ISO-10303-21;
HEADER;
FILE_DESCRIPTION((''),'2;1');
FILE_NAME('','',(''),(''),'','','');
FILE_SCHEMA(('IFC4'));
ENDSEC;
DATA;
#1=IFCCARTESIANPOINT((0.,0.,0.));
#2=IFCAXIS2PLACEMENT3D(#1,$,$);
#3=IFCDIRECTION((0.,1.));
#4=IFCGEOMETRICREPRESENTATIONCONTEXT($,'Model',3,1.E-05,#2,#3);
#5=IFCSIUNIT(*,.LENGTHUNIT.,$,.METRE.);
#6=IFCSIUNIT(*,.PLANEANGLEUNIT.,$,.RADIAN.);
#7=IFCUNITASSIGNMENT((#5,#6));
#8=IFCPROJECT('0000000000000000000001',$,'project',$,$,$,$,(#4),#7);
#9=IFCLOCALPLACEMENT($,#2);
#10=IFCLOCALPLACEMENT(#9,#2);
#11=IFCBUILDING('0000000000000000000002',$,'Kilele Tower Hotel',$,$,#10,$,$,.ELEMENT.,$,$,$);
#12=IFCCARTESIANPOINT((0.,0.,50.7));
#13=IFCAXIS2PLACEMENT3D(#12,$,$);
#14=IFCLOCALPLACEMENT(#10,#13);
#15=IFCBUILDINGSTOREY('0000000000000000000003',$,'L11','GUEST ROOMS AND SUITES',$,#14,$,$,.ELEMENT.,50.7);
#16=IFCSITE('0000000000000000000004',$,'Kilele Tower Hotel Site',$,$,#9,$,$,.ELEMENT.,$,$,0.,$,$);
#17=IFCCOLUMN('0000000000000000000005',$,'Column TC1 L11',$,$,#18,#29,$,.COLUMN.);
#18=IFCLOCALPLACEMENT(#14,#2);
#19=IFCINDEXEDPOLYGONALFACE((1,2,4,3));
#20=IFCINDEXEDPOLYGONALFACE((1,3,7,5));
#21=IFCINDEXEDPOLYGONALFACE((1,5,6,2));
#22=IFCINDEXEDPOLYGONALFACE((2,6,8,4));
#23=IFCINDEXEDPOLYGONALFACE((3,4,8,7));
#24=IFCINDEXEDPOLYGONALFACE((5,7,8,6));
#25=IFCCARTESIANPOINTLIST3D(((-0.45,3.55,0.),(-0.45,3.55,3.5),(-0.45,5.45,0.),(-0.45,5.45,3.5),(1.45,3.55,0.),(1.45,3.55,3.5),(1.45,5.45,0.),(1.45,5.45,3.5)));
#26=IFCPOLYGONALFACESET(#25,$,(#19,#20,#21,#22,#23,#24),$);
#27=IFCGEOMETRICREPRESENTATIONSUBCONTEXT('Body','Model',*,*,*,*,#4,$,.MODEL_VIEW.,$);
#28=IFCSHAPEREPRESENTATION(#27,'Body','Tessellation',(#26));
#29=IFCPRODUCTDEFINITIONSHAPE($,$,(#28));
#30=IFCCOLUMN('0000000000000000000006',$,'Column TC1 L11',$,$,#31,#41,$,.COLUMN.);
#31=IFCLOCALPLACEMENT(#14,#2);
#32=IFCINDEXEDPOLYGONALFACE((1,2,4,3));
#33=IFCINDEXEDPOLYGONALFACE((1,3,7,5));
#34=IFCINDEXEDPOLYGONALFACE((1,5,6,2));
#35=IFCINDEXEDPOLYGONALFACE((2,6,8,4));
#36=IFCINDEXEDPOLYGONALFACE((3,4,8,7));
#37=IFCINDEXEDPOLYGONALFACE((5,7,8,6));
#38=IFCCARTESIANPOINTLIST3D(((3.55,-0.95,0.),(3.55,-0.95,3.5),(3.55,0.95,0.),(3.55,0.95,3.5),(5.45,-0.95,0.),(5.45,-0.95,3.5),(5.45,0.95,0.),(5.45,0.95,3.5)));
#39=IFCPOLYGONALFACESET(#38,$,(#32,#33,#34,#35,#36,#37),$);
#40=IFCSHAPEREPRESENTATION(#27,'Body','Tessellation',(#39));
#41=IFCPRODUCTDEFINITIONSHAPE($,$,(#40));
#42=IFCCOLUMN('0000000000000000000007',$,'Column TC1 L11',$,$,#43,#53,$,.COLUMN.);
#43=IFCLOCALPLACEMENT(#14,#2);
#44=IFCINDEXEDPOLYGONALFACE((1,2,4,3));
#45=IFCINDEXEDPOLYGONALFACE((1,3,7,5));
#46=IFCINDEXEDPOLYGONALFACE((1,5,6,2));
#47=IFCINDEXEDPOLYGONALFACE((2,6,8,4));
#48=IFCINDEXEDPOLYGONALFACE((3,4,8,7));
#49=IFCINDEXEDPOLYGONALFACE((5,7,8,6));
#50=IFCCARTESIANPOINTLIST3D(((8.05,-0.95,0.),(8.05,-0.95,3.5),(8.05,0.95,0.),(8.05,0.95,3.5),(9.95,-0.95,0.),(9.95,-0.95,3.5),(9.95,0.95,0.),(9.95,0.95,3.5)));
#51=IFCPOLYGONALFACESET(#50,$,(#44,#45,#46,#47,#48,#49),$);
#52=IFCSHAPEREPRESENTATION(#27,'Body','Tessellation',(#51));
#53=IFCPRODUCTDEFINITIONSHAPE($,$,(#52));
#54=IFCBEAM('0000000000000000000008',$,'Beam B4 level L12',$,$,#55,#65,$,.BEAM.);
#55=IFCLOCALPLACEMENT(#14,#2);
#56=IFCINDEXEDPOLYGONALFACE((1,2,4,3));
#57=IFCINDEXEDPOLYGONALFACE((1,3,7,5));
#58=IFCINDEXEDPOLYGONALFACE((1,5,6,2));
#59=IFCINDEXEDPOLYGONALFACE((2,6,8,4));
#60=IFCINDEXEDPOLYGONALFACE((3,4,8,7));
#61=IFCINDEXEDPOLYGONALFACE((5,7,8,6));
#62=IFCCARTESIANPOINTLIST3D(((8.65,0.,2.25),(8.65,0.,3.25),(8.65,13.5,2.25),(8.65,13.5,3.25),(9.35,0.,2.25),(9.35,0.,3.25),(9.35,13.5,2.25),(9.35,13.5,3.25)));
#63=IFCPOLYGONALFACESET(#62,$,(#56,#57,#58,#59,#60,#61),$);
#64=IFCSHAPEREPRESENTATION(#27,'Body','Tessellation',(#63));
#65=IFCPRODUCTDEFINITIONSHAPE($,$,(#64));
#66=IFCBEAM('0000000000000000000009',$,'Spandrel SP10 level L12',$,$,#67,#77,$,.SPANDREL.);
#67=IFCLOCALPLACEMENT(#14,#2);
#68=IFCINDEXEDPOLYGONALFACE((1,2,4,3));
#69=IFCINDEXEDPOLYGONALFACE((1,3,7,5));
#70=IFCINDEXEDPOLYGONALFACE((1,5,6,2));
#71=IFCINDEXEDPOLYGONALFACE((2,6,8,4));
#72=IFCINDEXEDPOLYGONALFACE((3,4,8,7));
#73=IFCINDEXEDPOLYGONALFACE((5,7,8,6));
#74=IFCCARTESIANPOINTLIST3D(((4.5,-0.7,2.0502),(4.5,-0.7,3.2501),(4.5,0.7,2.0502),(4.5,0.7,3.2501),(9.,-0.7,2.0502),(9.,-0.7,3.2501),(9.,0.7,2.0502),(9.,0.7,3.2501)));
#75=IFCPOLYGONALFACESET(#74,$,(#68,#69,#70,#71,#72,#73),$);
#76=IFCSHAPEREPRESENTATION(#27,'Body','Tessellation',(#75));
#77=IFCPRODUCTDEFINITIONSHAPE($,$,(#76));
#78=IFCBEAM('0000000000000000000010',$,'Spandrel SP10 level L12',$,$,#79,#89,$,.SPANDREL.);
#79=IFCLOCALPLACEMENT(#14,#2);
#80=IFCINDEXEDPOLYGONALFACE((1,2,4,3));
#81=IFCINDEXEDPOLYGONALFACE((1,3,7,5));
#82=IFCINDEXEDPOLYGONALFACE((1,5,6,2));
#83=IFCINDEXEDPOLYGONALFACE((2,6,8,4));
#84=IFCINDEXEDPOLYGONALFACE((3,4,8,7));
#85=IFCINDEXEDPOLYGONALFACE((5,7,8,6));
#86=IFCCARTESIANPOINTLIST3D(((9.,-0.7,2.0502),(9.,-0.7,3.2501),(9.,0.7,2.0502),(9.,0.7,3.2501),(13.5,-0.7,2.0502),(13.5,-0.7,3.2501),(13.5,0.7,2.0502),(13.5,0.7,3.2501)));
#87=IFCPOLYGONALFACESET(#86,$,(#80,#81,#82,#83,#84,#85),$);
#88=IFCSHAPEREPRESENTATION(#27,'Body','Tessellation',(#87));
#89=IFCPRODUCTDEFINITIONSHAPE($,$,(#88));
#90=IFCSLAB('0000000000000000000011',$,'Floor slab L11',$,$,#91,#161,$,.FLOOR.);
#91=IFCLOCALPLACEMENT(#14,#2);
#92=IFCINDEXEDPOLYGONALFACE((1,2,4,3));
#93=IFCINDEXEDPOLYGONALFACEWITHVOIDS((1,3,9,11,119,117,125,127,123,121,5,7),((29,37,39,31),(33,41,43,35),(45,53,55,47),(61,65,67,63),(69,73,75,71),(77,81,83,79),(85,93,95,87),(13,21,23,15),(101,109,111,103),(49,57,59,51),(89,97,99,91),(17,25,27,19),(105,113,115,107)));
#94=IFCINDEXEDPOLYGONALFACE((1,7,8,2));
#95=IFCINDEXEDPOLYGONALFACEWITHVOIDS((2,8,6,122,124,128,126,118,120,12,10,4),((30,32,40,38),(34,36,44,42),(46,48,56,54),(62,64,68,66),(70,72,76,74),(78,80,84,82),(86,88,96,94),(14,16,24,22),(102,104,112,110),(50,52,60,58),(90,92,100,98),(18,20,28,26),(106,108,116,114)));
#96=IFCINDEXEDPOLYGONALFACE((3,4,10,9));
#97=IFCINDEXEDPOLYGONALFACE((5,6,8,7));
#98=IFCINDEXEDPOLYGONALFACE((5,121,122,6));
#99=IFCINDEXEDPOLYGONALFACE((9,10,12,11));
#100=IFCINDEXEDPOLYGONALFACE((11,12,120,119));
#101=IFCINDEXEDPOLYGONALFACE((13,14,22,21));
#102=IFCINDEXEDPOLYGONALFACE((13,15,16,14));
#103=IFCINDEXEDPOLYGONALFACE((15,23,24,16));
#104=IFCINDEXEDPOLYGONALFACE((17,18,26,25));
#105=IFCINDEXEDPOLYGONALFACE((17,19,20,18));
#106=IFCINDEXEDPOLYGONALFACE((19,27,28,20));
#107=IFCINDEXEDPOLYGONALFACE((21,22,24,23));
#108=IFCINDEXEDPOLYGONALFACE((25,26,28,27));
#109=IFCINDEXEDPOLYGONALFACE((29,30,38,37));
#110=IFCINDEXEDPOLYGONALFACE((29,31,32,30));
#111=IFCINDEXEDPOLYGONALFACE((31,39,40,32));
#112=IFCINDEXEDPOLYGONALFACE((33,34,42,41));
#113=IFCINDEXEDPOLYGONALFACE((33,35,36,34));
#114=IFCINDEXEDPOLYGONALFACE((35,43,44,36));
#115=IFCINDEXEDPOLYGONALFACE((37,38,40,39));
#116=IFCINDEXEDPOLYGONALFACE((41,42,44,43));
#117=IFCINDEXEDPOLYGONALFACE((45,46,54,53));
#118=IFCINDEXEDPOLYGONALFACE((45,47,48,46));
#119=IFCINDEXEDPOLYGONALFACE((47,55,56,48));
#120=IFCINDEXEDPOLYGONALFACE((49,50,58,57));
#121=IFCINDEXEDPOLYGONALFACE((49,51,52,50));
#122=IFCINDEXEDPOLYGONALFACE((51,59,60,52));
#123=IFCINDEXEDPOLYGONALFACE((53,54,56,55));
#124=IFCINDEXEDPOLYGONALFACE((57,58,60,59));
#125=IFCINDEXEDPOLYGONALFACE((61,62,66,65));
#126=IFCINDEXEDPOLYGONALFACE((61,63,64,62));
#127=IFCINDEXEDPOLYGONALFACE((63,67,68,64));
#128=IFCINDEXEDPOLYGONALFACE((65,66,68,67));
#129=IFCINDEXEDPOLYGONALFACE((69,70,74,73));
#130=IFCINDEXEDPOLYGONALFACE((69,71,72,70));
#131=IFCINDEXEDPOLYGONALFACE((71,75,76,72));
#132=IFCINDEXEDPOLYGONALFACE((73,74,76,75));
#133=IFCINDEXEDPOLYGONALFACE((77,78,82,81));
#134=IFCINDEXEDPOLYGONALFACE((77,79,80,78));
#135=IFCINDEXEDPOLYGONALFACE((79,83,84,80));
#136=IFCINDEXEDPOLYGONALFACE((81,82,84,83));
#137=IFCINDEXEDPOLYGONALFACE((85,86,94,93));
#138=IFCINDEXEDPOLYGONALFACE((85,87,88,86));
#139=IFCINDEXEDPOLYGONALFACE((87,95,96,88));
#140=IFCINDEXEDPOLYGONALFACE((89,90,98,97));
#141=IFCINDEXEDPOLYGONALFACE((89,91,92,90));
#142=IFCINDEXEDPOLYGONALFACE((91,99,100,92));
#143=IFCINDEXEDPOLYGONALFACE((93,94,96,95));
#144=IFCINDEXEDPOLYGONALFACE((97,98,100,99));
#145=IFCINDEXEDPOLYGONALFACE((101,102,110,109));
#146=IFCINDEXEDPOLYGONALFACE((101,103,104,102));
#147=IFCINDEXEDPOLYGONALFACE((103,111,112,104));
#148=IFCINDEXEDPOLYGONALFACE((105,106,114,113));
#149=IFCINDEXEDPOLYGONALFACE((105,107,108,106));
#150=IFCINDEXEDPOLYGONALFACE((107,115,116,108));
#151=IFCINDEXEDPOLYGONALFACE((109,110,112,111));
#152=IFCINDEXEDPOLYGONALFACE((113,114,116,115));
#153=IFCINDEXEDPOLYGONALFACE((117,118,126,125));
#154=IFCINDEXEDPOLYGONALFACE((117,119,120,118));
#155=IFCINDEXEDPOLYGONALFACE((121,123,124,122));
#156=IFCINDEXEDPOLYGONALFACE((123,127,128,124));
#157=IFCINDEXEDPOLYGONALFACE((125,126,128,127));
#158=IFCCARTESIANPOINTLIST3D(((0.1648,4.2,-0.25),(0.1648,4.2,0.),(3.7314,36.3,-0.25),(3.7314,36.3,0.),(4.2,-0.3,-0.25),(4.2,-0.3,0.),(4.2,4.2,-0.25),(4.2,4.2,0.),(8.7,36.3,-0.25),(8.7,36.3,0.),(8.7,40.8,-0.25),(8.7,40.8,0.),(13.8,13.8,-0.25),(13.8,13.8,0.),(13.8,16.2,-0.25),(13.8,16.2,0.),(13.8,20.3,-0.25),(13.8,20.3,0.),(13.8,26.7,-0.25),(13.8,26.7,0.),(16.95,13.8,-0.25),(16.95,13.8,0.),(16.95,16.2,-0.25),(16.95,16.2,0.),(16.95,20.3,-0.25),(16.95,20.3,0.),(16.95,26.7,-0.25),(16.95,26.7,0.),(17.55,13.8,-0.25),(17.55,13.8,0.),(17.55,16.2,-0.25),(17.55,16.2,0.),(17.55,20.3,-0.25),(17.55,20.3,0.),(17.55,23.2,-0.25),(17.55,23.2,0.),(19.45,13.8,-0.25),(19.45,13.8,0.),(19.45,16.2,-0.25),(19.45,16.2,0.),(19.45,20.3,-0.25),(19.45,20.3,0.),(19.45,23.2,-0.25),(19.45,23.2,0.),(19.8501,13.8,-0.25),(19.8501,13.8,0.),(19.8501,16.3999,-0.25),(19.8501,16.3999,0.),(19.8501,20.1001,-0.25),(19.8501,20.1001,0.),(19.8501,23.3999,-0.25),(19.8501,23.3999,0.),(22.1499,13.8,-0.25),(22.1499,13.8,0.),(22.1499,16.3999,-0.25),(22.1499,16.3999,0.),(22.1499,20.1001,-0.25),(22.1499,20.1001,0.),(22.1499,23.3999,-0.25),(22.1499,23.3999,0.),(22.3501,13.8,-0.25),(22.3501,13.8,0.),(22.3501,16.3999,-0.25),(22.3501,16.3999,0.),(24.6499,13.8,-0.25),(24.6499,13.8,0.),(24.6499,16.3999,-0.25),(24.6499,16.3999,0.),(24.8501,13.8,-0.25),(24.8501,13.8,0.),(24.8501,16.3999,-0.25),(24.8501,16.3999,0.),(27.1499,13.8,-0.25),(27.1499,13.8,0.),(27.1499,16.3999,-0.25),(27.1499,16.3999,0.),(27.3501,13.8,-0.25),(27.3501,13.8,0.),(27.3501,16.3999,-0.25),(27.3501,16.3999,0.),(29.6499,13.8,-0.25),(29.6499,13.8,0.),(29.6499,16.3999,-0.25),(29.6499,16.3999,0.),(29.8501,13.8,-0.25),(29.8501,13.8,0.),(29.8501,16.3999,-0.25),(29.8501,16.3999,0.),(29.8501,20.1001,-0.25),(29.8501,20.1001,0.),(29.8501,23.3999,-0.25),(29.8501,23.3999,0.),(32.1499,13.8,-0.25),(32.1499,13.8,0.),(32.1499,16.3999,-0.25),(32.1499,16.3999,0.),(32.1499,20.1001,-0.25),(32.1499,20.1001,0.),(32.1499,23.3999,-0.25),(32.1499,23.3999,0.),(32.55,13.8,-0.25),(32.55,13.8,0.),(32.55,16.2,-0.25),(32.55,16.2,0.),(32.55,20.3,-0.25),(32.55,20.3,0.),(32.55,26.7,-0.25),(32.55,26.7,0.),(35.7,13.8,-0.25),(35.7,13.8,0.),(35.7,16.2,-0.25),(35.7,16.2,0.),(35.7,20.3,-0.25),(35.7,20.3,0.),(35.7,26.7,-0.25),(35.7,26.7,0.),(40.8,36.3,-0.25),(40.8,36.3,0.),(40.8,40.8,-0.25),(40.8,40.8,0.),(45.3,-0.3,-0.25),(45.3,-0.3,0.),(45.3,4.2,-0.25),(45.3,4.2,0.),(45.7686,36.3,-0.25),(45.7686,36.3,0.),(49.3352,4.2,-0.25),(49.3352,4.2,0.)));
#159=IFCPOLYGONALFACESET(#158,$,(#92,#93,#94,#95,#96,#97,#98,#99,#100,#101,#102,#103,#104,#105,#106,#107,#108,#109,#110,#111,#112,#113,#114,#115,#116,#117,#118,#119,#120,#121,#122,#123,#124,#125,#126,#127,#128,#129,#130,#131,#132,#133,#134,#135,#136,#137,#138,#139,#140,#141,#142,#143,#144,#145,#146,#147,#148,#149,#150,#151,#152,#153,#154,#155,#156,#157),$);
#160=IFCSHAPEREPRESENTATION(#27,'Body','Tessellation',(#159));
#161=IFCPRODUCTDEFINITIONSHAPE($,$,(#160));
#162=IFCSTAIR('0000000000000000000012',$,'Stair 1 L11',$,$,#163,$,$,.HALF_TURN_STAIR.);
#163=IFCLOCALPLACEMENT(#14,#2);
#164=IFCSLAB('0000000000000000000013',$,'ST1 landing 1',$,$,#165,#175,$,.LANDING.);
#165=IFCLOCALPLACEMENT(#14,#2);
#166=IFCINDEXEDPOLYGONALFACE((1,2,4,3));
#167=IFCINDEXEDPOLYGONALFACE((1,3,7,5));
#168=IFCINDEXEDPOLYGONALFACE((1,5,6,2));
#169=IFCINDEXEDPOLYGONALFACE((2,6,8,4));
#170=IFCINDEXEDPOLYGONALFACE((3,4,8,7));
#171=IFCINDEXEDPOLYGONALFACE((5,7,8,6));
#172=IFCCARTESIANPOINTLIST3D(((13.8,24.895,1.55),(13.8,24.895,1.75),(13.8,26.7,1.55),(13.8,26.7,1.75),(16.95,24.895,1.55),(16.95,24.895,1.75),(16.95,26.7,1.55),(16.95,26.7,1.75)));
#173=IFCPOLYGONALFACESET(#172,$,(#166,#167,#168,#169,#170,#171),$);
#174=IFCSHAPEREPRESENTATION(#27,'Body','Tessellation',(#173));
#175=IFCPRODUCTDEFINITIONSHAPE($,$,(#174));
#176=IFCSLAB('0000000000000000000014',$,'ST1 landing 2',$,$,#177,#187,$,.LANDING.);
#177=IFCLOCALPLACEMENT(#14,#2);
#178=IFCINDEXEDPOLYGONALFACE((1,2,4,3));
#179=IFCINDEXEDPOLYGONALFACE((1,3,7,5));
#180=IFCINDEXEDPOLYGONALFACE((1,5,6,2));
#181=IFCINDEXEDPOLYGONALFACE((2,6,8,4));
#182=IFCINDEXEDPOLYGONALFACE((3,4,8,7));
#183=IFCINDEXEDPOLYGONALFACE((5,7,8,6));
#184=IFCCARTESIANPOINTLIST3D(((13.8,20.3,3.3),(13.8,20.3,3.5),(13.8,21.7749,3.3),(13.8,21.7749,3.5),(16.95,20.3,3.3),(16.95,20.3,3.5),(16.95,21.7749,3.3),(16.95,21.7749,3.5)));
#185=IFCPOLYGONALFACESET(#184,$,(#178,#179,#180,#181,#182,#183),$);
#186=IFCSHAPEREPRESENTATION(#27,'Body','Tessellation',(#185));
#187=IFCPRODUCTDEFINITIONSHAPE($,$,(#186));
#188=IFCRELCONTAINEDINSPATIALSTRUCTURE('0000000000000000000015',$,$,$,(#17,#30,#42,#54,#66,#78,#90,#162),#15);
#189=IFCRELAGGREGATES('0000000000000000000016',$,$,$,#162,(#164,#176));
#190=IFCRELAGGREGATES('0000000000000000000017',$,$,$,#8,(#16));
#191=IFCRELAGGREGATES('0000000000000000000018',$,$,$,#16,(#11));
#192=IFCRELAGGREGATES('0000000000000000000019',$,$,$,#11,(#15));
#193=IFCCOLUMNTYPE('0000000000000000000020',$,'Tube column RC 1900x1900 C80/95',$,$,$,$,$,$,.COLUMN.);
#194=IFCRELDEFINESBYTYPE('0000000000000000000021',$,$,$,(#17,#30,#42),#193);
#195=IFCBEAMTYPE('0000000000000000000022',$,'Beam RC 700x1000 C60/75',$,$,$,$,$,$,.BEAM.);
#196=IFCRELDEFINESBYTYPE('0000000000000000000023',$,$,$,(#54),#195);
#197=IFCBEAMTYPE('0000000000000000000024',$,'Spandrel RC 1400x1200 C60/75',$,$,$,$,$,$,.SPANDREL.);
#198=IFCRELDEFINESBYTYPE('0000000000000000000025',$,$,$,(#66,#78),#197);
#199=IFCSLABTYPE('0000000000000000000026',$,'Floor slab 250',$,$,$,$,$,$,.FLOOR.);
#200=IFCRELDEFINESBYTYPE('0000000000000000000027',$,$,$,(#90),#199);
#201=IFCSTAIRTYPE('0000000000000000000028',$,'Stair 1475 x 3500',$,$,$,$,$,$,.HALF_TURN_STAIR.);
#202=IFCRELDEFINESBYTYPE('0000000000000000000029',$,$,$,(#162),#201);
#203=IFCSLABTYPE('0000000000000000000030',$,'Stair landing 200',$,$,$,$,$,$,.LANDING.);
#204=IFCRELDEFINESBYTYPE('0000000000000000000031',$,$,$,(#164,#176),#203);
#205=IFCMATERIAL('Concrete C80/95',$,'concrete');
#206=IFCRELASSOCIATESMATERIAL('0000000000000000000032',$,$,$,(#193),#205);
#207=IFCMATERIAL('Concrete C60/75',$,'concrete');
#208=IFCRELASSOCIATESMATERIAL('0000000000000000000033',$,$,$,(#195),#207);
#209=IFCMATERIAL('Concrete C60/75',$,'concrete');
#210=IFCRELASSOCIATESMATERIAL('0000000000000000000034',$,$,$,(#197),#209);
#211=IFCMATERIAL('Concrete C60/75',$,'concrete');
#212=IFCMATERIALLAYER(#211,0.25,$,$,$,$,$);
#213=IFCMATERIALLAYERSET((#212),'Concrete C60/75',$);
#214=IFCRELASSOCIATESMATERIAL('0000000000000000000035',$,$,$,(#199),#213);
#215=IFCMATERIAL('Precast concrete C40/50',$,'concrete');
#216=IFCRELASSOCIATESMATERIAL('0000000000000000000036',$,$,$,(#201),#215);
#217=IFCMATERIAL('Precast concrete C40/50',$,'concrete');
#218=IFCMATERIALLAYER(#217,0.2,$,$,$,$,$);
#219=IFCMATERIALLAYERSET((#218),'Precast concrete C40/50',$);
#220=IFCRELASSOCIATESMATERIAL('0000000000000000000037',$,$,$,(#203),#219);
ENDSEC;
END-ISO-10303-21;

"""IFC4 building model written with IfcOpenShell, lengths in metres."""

from ifc_helpers import new_model, si_unit, direction, frame, origin, origin_2d, place, context, subcontext, project, spatial, polyline, rectangle, outline, extrude, material, layer, layer_set, material_profile, profile_set, type_object, element, aggregate, save


model = new_model("IFC4")

# Units and contexts
model_context = context("Model", 3, precision=1e-05, world=origin(), true_north=direction((0.0, 1.0)))
body_context = subcontext(model_context, "Body", "Model", "MODEL_VIEW")
ifc_project = project(units=[si_unit("LENGTHUNIT", "METRE"), si_unit("PLANEANGLEUNIT", "RADIAN")], contexts=[model_context])

# Site, building, storey
site_placement = place(None, origin())
site = spatial("IfcSite", under=ifc_project, at=site_placement, Name="Kilele Tower Hotel Site", CompositionType="ELEMENT", RefElevation=0.0)
building_placement = place(site_placement, origin())
building = spatial("IfcBuilding", under=site, at=building_placement, Name="Kilele Tower Hotel", CompositionType="ELEMENT")
storey_placement = place(building_placement, frame((0.0, 0.0, 50.7)))
storey = spatial("IfcBuildingStorey", under=building, at=storey_placement, Name="L11", Description="GUEST ROOMS AND SUITES", CompositionType="ELEMENT", Elevation=50.7)

# Columns
ifc_material_1 = material(Name="Concrete C80/95", Category="concrete")
ifc_material_profile_1 = material_profile(ifc_material_1, rectangle(XDim=1.8999, YDim=1.8999, at=origin_2d()))
ifc_profile_set_1 = profile_set([ifc_material_profile_1], Name="Concrete C80/95")
column_type = type_object("IfcColumnType", Name="Tube column RC 1900x1900 C80/95", PredefinedType="COLUMN", material=ifc_profile_set_1)
for number, where, z_axis, x_axis, name in (
    (1, (0.5, 4.5, 0.0), (0.0, 0.0, 1.0), (1.0, 0.0, 0.0), "Column TC1 L11"),
    (2, (4.5, 0.0, 0.0), (0.0, 0.0, 1.0), (1.0, 0.0, 0.0), "Column TC1 L11"),
    (3, (9.0, 0.0, 0.0), (0.0, 0.0, 1.0), (1.0, 0.0, 0.0), "Column TC1 L11"),
):
    element("IfcColumn", number, at=place(storey_placement, frame(where, z_axis=z_axis, x_axis=x_axis)), inside=storey, type_object=column_type, Name=name, PredefinedType="COLUMN", context=body_context, shape_type="SweptSolid", body=[
        extrude(rectangle(XDim=1.8999, YDim=1.8999, at=origin_2d()), origin(), (0.0, 0.0, 1.0), 3.5),
    ])

# Beams
ifc_material_2 = material(Name="Concrete C60/75", Category="concrete")
ifc_material_profile_2 = material_profile(ifc_material_2, rectangle(XDim=0.7, YDim=1.0, at=origin_2d()))
ifc_profile_set_2 = profile_set([ifc_material_profile_2], Name="Concrete C60/75")
beam_type_1 = type_object("IfcBeamType", Name="Beam RC 700x1000 C60/75", PredefinedType="BEAM", material=ifc_profile_set_2)
beam_placement = place(storey_placement, frame((9.0, 0.0, 2.75), z_axis=(0.0, 1.0, 0.0), x_axis=(-1.0, 0.0, 0.0)))
element("IfcBeam", 4, at=beam_placement, inside=storey, type_object=beam_type_1, Name="Beam B4 level L12", PredefinedType="BEAM", context=body_context, shape_type="SweptSolid", body=[
    extrude(rectangle(XDim=0.7, YDim=1.0, at=origin_2d()), origin(), (0.0, 0.0, 1.0), 13.5),
])
ifc_material_3 = material(Name="Concrete C60/75", Category="concrete")
ifc_material_profile_3 = material_profile(ifc_material_3, rectangle(XDim=1.3999, YDim=1.2, at=origin_2d()))
ifc_profile_set_3 = profile_set([ifc_material_profile_3], Name="Concrete C60/75")
beam_type_2 = type_object("IfcBeamType", Name="Spandrel RC 1400x1200 C60/75", PredefinedType="SPANDREL", material=ifc_profile_set_3)
for number, where, z_axis, x_axis, name in (
    (5, (4.5, 0.0, 2.6501), (1.0, 0.0, 0.0), (0.0, 1.0, 0.0), "Spandrel SP10 level L12"),
    (6, (9.0, 0.0, 2.6501), (1.0, 0.0, 0.0), (0.0, 1.0, 0.0), "Spandrel SP10 level L12"),
):
    element("IfcBeam", number, at=place(storey_placement, frame(where, z_axis=z_axis, x_axis=x_axis)), inside=storey, type_object=beam_type_2, Name=name, PredefinedType="SPANDREL", context=body_context, shape_type="SweptSolid", body=[
        extrude(rectangle(XDim=1.3999, YDim=1.2, at=origin_2d()), origin(), (0.0, 0.0, 1.0), 4.5),
    ])

# Slab
ifc_material_4 = material(Name="Concrete C60/75", Category="concrete")
ifc_layer_1 = layer(ifc_material_4, 0.25)
ifc_layer_set_1 = layer_set([ifc_layer_1], Name="Concrete C60/75")
slab_type_1 = type_object("IfcSlabType", Name="Floor slab 250", PredefinedType="FLOOR", material=ifc_layer_set_1)
slab_1_placement = place(storey_placement, frame((0.0, 0.0, -0.25)))
element("IfcSlab", 7, at=slab_1_placement, inside=storey, type_object=slab_type_1, Name="Floor slab L11", PredefinedType="FLOOR", context=body_context, shape_type="SweptSolid", body=[
    extrude(outline(polyline([(8.7, 36.3), (8.7, 40.8), (40.8, 40.8), (40.8, 36.3), (45.7686, 36.3), (49.3352, 4.2), (45.3, 4.2), (45.3, -0.3), (4.2, -0.3), (4.2, 4.2), (0.1648, 4.2), (3.7314, 36.3), (8.7, 36.3)]), holes=[polyline([(16.95, 16.2), (13.8, 16.2), (13.8, 13.8), (16.95, 13.8), (16.95, 16.2)]), polyline([(19.45, 13.8), (19.45, 16.2), (17.55, 16.2), (17.55, 13.8), (19.45, 13.8)]), polyline([(22.1499, 13.8), (22.1499, 16.3999), (19.8501, 16.3999), (19.8501, 13.8), (22.1499, 13.8)]), polyline([(24.6499, 16.3999), (22.3501, 16.3999), (22.3501, 13.8), (24.6499, 13.8), (24.6499, 16.3999)]), polyline([(19.45, 20.3), (19.45, 23.2), (17.55, 23.2), (17.55, 20.3), (19.45, 20.3)]), polyline([(22.1499, 20.1001), (22.1499, 23.3999), (19.8501, 23.3999), (19.8501, 20.1001), (22.1499, 20.1001)]), polyline([(16.95, 26.7), (13.8, 26.7), (13.8, 20.3), (16.95, 20.3), (16.95, 26.7)]), polyline([(35.7, 13.8), (35.7, 16.2), (32.55, 16.2), (32.55, 13.8), (35.7, 13.8)]), polyline([(27.1499, 13.8), (27.1499, 16.3999), (24.8501, 16.3999), (24.8501, 13.8), (27.1499, 13.8)]), polyline([(29.6499, 13.8), (29.6499, 16.3999), (27.3501, 16.3999), (27.3501, 13.8), (29.6499, 13.8)]), polyline([(32.1499, 13.8), (32.1499, 16.3999), (29.8501, 16.3999), (29.8501, 13.8), (32.1499, 13.8)]), polyline([(32.1499, 20.1001), (32.1499, 23.3999), (29.8501, 23.3999), (29.8501, 20.1001), (32.1499, 20.1001)]), polyline([(35.7, 20.3), (35.7, 26.7), (32.55, 26.7), (32.55, 20.3), (35.7, 20.3)])]), origin(), (0.0, 0.0, 1.0), 0.25),
])

# Stair, slabs
ifc_material_5 = material(Name="Precast concrete C40/50", Category="concrete")
stair_type = type_object("IfcStairType", Name="Stair 1475 x 3500", PredefinedType="HALF_TURN_STAIR", material=ifc_material_5)
stair_1_placement = place(storey_placement, origin())
stair_1 = element("IfcStair", 8, at=stair_1_placement, inside=storey, type_object=stair_type, Name="Stair 1 L11", PredefinedType="HALF_TURN_STAIR")
ifc_material_6 = material(Name="Precast concrete C40/50", Category="concrete")
ifc_layer_2 = layer(ifc_material_6, 0.2)
ifc_layer_set_2 = layer_set([ifc_layer_2], Name="Precast concrete C40/50")
slab_type_2 = type_object("IfcSlabType", Name="Stair landing 200", PredefinedType="LANDING", material=ifc_layer_set_2)
slab_2_placement = place(storey_placement, frame((0.0, 0.0, 1.55)))
slab_2 = element("IfcSlab", 9, at=slab_2_placement, type_object=slab_type_2, Name="ST1 landing 1", PredefinedType="LANDING", context=body_context, shape_type="SweptSolid", body=[
    extrude(outline(polyline([(13.8, 24.895), (16.95, 24.895), (16.95, 26.7), (13.8, 26.7), (13.8, 24.895)])), origin(), (0.0, 0.0, 1.0), 0.2),
])
slab_3_placement = place(storey_placement, frame((0.0, 0.0, 3.3)))
slab_3 = element("IfcSlab", 10, at=slab_3_placement, type_object=slab_type_2, Name="ST1 landing 2", PredefinedType="LANDING", context=body_context, shape_type="SweptSolid", body=[
    extrude(outline(polyline([(13.8, 20.3), (16.95, 20.3), (16.95, 21.7749), (13.8, 21.7749), (13.8, 20.3)])), origin(), (0.0, 0.0, 1.0), 0.2),
])
aggregate(stair_1, [slab_2, slab_3])

save(model, "model.ifc")
